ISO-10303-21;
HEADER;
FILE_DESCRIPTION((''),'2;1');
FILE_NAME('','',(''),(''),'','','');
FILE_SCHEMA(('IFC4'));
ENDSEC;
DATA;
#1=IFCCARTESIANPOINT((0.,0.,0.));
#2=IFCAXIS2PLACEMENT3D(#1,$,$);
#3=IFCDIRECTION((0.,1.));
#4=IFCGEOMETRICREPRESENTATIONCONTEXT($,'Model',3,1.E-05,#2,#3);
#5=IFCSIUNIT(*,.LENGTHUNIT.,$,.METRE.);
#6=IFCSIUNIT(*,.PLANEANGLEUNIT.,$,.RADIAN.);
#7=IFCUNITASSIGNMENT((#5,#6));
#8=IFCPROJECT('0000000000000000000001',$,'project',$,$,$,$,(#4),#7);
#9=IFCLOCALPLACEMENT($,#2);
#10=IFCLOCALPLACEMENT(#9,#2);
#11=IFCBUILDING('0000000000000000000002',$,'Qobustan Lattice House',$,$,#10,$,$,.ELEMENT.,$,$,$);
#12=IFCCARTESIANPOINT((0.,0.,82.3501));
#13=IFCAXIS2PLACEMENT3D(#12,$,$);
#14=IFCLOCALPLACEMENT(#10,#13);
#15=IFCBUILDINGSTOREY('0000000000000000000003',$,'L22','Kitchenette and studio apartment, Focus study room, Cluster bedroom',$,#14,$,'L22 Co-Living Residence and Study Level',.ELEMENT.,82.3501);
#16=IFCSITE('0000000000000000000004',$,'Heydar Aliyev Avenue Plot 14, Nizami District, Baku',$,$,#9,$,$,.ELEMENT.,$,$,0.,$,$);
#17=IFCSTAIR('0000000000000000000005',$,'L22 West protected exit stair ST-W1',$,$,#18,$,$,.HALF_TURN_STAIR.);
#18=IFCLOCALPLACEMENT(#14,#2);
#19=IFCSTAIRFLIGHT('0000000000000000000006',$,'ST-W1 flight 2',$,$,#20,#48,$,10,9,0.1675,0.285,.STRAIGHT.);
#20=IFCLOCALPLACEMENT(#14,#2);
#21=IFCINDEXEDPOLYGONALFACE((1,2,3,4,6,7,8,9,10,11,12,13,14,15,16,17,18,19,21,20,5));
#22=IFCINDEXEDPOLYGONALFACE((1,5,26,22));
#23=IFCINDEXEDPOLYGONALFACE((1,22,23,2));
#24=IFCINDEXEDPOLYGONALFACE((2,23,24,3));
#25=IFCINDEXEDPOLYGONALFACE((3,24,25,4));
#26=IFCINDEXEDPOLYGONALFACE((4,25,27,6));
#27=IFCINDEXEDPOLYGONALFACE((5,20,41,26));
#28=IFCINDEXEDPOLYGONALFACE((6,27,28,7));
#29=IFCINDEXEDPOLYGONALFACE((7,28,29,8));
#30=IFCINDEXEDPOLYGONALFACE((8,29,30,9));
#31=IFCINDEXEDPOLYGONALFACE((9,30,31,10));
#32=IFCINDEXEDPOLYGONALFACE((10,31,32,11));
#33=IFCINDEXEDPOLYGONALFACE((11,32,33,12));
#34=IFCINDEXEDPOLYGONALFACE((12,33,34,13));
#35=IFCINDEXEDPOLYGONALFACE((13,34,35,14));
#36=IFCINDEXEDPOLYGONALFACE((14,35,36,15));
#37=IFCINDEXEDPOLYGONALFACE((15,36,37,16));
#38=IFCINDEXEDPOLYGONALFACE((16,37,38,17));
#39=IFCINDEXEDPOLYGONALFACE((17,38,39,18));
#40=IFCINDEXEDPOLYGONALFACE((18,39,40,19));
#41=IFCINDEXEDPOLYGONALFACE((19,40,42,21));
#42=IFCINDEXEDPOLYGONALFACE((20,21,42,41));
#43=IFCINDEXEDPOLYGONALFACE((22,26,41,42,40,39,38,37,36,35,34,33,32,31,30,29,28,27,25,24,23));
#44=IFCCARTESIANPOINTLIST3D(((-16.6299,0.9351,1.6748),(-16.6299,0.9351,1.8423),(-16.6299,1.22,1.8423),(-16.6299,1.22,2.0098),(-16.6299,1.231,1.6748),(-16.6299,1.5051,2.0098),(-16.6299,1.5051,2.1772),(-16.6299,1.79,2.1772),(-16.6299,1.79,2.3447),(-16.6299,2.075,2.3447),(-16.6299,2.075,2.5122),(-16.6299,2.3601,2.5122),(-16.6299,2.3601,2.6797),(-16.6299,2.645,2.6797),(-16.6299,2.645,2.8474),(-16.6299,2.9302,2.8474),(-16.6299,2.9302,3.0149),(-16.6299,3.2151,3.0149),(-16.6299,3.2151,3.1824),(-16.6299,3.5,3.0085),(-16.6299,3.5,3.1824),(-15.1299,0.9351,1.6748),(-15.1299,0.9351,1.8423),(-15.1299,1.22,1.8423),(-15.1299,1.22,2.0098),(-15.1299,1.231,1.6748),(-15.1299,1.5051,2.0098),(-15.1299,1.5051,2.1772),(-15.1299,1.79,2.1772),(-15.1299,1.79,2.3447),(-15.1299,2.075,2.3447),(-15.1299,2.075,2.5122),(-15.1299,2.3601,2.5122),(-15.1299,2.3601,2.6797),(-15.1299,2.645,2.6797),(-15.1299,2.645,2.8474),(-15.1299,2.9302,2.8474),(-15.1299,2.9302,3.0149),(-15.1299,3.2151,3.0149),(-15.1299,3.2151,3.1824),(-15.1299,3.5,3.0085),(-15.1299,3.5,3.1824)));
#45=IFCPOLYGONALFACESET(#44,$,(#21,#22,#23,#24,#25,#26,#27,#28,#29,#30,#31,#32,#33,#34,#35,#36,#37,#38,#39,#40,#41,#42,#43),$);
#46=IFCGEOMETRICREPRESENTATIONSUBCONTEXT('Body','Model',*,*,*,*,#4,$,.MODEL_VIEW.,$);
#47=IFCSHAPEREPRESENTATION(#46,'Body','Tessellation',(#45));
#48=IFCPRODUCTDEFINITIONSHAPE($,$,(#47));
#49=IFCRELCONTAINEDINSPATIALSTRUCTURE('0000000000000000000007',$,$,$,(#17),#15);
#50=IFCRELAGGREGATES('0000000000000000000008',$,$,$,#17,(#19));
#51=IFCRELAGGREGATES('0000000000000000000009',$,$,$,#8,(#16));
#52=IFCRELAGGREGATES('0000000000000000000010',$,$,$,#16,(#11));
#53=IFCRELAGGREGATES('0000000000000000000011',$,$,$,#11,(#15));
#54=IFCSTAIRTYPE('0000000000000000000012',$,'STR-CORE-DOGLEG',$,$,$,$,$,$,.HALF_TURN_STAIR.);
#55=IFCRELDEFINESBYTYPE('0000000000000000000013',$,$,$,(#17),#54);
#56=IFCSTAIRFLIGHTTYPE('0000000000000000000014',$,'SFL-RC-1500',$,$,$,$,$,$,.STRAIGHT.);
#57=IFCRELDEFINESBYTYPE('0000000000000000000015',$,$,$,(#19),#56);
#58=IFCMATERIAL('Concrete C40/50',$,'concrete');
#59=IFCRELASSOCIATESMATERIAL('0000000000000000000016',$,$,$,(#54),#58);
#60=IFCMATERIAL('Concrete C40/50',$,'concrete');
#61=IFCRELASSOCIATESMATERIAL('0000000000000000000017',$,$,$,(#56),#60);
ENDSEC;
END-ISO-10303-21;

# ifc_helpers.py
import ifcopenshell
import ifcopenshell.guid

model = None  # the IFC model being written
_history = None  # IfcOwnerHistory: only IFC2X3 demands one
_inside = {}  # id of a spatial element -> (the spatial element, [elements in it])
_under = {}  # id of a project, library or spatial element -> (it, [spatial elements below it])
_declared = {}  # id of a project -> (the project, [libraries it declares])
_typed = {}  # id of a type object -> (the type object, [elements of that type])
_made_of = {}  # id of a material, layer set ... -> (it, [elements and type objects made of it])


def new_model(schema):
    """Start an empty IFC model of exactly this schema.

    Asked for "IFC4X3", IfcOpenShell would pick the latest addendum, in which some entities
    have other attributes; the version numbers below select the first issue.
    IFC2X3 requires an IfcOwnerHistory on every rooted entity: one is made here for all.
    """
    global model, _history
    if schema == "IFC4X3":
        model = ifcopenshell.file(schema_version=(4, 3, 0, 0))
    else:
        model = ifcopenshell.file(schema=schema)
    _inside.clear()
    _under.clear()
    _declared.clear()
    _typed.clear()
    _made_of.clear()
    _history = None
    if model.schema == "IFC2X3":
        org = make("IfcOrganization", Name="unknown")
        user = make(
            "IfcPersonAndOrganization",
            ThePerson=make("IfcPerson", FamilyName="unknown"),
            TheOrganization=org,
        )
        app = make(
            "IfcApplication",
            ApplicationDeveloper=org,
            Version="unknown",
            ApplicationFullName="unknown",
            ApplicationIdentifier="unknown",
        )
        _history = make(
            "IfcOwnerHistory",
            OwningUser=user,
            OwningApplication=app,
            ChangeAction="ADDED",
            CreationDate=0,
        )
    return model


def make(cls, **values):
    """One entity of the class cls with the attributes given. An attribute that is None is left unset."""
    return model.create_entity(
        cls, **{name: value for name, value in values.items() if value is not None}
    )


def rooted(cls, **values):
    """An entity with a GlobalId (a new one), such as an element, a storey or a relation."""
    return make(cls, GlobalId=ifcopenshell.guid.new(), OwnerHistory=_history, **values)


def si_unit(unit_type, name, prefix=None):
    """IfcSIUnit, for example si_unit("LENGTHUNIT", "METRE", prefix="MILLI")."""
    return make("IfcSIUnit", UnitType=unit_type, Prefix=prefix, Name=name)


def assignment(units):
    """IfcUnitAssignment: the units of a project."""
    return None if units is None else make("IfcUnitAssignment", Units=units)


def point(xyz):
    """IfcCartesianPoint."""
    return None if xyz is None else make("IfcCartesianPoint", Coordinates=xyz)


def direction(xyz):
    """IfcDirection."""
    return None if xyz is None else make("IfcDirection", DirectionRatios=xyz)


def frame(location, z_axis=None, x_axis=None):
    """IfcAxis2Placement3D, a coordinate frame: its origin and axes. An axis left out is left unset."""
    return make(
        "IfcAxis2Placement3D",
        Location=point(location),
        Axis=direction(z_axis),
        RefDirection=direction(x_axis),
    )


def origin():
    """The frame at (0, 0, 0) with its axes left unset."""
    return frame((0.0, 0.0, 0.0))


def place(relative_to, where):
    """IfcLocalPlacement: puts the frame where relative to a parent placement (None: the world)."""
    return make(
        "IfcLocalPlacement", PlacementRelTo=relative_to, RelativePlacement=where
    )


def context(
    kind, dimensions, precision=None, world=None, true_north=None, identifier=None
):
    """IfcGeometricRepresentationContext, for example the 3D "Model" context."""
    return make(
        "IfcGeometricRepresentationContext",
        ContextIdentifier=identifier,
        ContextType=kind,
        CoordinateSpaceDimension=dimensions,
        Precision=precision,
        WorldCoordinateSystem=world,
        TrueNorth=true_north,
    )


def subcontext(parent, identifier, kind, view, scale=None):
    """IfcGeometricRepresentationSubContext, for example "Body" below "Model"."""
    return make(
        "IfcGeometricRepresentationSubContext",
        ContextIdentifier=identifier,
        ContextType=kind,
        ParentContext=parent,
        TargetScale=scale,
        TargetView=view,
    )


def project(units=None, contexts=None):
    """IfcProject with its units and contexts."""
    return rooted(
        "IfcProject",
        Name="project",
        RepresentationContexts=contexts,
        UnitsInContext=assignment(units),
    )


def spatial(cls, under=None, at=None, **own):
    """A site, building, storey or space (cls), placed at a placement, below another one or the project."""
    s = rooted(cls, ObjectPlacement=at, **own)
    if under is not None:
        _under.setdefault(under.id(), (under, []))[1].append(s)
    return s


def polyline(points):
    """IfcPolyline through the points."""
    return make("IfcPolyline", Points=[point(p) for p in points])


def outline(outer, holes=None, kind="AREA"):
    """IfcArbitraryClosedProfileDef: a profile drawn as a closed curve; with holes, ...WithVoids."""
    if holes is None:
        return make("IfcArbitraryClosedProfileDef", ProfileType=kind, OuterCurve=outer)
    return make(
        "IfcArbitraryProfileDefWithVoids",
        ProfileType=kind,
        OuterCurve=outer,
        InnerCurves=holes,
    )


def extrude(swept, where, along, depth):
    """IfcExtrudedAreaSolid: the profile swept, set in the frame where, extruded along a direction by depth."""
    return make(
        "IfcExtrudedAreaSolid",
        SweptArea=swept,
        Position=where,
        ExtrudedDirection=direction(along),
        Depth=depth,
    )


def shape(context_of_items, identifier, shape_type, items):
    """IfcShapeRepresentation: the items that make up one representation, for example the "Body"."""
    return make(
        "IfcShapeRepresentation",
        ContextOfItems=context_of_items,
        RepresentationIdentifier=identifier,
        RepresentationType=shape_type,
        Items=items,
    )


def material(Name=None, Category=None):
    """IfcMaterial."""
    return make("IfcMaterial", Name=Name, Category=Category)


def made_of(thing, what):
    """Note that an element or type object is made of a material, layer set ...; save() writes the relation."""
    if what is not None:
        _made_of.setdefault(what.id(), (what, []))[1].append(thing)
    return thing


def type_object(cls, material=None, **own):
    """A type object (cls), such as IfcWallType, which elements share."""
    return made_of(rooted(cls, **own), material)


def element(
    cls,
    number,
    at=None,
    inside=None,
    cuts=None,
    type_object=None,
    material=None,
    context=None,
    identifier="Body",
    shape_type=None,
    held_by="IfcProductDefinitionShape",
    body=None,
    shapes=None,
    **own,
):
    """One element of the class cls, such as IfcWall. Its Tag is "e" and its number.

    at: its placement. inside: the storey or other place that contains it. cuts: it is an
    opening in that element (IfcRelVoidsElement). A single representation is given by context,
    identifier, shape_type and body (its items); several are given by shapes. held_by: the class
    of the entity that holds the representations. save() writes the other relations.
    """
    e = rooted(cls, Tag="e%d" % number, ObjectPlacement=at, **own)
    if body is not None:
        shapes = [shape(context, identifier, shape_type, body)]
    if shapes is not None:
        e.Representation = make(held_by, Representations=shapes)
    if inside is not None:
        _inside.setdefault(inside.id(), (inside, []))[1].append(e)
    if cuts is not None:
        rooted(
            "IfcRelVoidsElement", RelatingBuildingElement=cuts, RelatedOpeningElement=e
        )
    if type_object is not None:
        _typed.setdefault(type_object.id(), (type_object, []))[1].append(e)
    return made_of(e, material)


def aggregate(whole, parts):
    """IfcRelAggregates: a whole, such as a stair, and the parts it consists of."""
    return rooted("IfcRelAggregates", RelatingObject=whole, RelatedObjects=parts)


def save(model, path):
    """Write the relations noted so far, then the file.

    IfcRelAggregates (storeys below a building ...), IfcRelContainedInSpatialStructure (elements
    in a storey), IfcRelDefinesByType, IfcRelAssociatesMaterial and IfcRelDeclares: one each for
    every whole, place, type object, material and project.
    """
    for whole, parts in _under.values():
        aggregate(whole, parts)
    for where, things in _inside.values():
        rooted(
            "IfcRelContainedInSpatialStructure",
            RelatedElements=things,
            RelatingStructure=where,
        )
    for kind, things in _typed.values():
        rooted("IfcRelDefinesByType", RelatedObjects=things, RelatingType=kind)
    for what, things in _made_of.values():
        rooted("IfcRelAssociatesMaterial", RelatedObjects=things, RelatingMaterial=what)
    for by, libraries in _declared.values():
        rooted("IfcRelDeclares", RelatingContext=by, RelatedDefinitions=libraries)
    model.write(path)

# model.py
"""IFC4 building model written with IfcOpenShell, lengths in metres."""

from ifc_helpers import new_model, si_unit, direction, frame, origin, place, context, subcontext, project, spatial, polyline, outline, extrude, material, type_object, element, aggregate, save


model = new_model("IFC4")

# Units and contexts
model_context = context("Model", 3, precision=1e-05, world=origin(), true_north=direction((0.0, 1.0)))
body_context = subcontext(model_context, "Body", "Model", "MODEL_VIEW")
ifc_project = project(units=[si_unit("LENGTHUNIT", "METRE"), si_unit("PLANEANGLEUNIT", "RADIAN")], contexts=[model_context])

# Site, building, storey
site_placement = place(None, origin())
site = spatial("IfcSite", under=ifc_project, at=site_placement, Name="Heydar Aliyev Avenue Plot 14, Nizami District, Baku", CompositionType="ELEMENT", RefElevation=0.0)
building_placement = place(site_placement, origin())
building = spatial("IfcBuilding", under=site, at=building_placement, Name="Qobustan Lattice House", CompositionType="ELEMENT")
storey_placement = place(building_placement, frame((0.0, 0.0, 82.3501)))
storey = spatial("IfcBuildingStorey", under=building, at=storey_placement, Name="L22", Description="Kitchenette and studio apartment, Focus study room, Cluster bedroom", LongName="L22 Co-Living Residence and Study Level", CompositionType="ELEMENT", Elevation=82.3501)

# Stair, stair flight
ifc_material_1 = material(Name="Concrete C40/50", Category="concrete")
stair_type = type_object("IfcStairType", Name="STR-CORE-DOGLEG", PredefinedType="HALF_TURN_STAIR", material=ifc_material_1)
stair_placement = place(storey_placement, origin())
stair = element("IfcStair", 1, at=stair_placement, inside=storey, type_object=stair_type, Name="L22 West protected exit stair ST-W1", PredefinedType="HALF_TURN_STAIR")
ifc_material_2 = material(Name="Concrete C40/50", Category="concrete")
stair_flight_type = type_object("IfcStairFlightType", Name="SFL-RC-1500", PredefinedType="STRAIGHT", material=ifc_material_2)
stair_flight_placement = place(storey_placement, frame((-15.8799, 0.9351, 1.6748), z_axis=(0.0, 0.0, 1.0), x_axis=(0.0, 1.0, 0.0)))
stair_flight = element("IfcStairFlight", 2, at=stair_flight_placement, type_object=stair_flight_type, Name="ST-W1 flight 2", NumberOfRisers=10, NumberOfTreads=9, PredefinedType="STRAIGHT", RiserHeight=0.1675, TreadLength=0.285, context=body_context, shape_type="SweptSolid", body=[
    extrude(outline(polyline([(0.0, 0.0), (0.0, 0.1675), (0.2849, 0.1675), (0.2849, 0.335), (0.5701, 0.335), (0.5701, 0.5024), (0.855, 0.5024), (0.855, 0.6699), (1.1399, 0.6699), (1.1399, 0.8374), (1.425, 0.8374), (1.425, 1.0049), (1.71, 1.0049), (1.71, 1.1726), (1.9951, 1.1726), (1.9951, 1.3401), (2.28, 1.3401), (2.28, 1.5076), (2.5649, 1.5076), (2.5649, 1.675), (2.5649, 1.3337), (0.2959, 0.0), (0.0, 0.0)])), frame((0.0, 0.75, 0.0), z_axis=(0.0, -1.0, 0.0), x_axis=(1.0, 0.0, 0.0)), (0.0, 0.0, 1.0), 1.5),
])
aggregate(stair, [stair_flight])

save(model, "model.ifc")
